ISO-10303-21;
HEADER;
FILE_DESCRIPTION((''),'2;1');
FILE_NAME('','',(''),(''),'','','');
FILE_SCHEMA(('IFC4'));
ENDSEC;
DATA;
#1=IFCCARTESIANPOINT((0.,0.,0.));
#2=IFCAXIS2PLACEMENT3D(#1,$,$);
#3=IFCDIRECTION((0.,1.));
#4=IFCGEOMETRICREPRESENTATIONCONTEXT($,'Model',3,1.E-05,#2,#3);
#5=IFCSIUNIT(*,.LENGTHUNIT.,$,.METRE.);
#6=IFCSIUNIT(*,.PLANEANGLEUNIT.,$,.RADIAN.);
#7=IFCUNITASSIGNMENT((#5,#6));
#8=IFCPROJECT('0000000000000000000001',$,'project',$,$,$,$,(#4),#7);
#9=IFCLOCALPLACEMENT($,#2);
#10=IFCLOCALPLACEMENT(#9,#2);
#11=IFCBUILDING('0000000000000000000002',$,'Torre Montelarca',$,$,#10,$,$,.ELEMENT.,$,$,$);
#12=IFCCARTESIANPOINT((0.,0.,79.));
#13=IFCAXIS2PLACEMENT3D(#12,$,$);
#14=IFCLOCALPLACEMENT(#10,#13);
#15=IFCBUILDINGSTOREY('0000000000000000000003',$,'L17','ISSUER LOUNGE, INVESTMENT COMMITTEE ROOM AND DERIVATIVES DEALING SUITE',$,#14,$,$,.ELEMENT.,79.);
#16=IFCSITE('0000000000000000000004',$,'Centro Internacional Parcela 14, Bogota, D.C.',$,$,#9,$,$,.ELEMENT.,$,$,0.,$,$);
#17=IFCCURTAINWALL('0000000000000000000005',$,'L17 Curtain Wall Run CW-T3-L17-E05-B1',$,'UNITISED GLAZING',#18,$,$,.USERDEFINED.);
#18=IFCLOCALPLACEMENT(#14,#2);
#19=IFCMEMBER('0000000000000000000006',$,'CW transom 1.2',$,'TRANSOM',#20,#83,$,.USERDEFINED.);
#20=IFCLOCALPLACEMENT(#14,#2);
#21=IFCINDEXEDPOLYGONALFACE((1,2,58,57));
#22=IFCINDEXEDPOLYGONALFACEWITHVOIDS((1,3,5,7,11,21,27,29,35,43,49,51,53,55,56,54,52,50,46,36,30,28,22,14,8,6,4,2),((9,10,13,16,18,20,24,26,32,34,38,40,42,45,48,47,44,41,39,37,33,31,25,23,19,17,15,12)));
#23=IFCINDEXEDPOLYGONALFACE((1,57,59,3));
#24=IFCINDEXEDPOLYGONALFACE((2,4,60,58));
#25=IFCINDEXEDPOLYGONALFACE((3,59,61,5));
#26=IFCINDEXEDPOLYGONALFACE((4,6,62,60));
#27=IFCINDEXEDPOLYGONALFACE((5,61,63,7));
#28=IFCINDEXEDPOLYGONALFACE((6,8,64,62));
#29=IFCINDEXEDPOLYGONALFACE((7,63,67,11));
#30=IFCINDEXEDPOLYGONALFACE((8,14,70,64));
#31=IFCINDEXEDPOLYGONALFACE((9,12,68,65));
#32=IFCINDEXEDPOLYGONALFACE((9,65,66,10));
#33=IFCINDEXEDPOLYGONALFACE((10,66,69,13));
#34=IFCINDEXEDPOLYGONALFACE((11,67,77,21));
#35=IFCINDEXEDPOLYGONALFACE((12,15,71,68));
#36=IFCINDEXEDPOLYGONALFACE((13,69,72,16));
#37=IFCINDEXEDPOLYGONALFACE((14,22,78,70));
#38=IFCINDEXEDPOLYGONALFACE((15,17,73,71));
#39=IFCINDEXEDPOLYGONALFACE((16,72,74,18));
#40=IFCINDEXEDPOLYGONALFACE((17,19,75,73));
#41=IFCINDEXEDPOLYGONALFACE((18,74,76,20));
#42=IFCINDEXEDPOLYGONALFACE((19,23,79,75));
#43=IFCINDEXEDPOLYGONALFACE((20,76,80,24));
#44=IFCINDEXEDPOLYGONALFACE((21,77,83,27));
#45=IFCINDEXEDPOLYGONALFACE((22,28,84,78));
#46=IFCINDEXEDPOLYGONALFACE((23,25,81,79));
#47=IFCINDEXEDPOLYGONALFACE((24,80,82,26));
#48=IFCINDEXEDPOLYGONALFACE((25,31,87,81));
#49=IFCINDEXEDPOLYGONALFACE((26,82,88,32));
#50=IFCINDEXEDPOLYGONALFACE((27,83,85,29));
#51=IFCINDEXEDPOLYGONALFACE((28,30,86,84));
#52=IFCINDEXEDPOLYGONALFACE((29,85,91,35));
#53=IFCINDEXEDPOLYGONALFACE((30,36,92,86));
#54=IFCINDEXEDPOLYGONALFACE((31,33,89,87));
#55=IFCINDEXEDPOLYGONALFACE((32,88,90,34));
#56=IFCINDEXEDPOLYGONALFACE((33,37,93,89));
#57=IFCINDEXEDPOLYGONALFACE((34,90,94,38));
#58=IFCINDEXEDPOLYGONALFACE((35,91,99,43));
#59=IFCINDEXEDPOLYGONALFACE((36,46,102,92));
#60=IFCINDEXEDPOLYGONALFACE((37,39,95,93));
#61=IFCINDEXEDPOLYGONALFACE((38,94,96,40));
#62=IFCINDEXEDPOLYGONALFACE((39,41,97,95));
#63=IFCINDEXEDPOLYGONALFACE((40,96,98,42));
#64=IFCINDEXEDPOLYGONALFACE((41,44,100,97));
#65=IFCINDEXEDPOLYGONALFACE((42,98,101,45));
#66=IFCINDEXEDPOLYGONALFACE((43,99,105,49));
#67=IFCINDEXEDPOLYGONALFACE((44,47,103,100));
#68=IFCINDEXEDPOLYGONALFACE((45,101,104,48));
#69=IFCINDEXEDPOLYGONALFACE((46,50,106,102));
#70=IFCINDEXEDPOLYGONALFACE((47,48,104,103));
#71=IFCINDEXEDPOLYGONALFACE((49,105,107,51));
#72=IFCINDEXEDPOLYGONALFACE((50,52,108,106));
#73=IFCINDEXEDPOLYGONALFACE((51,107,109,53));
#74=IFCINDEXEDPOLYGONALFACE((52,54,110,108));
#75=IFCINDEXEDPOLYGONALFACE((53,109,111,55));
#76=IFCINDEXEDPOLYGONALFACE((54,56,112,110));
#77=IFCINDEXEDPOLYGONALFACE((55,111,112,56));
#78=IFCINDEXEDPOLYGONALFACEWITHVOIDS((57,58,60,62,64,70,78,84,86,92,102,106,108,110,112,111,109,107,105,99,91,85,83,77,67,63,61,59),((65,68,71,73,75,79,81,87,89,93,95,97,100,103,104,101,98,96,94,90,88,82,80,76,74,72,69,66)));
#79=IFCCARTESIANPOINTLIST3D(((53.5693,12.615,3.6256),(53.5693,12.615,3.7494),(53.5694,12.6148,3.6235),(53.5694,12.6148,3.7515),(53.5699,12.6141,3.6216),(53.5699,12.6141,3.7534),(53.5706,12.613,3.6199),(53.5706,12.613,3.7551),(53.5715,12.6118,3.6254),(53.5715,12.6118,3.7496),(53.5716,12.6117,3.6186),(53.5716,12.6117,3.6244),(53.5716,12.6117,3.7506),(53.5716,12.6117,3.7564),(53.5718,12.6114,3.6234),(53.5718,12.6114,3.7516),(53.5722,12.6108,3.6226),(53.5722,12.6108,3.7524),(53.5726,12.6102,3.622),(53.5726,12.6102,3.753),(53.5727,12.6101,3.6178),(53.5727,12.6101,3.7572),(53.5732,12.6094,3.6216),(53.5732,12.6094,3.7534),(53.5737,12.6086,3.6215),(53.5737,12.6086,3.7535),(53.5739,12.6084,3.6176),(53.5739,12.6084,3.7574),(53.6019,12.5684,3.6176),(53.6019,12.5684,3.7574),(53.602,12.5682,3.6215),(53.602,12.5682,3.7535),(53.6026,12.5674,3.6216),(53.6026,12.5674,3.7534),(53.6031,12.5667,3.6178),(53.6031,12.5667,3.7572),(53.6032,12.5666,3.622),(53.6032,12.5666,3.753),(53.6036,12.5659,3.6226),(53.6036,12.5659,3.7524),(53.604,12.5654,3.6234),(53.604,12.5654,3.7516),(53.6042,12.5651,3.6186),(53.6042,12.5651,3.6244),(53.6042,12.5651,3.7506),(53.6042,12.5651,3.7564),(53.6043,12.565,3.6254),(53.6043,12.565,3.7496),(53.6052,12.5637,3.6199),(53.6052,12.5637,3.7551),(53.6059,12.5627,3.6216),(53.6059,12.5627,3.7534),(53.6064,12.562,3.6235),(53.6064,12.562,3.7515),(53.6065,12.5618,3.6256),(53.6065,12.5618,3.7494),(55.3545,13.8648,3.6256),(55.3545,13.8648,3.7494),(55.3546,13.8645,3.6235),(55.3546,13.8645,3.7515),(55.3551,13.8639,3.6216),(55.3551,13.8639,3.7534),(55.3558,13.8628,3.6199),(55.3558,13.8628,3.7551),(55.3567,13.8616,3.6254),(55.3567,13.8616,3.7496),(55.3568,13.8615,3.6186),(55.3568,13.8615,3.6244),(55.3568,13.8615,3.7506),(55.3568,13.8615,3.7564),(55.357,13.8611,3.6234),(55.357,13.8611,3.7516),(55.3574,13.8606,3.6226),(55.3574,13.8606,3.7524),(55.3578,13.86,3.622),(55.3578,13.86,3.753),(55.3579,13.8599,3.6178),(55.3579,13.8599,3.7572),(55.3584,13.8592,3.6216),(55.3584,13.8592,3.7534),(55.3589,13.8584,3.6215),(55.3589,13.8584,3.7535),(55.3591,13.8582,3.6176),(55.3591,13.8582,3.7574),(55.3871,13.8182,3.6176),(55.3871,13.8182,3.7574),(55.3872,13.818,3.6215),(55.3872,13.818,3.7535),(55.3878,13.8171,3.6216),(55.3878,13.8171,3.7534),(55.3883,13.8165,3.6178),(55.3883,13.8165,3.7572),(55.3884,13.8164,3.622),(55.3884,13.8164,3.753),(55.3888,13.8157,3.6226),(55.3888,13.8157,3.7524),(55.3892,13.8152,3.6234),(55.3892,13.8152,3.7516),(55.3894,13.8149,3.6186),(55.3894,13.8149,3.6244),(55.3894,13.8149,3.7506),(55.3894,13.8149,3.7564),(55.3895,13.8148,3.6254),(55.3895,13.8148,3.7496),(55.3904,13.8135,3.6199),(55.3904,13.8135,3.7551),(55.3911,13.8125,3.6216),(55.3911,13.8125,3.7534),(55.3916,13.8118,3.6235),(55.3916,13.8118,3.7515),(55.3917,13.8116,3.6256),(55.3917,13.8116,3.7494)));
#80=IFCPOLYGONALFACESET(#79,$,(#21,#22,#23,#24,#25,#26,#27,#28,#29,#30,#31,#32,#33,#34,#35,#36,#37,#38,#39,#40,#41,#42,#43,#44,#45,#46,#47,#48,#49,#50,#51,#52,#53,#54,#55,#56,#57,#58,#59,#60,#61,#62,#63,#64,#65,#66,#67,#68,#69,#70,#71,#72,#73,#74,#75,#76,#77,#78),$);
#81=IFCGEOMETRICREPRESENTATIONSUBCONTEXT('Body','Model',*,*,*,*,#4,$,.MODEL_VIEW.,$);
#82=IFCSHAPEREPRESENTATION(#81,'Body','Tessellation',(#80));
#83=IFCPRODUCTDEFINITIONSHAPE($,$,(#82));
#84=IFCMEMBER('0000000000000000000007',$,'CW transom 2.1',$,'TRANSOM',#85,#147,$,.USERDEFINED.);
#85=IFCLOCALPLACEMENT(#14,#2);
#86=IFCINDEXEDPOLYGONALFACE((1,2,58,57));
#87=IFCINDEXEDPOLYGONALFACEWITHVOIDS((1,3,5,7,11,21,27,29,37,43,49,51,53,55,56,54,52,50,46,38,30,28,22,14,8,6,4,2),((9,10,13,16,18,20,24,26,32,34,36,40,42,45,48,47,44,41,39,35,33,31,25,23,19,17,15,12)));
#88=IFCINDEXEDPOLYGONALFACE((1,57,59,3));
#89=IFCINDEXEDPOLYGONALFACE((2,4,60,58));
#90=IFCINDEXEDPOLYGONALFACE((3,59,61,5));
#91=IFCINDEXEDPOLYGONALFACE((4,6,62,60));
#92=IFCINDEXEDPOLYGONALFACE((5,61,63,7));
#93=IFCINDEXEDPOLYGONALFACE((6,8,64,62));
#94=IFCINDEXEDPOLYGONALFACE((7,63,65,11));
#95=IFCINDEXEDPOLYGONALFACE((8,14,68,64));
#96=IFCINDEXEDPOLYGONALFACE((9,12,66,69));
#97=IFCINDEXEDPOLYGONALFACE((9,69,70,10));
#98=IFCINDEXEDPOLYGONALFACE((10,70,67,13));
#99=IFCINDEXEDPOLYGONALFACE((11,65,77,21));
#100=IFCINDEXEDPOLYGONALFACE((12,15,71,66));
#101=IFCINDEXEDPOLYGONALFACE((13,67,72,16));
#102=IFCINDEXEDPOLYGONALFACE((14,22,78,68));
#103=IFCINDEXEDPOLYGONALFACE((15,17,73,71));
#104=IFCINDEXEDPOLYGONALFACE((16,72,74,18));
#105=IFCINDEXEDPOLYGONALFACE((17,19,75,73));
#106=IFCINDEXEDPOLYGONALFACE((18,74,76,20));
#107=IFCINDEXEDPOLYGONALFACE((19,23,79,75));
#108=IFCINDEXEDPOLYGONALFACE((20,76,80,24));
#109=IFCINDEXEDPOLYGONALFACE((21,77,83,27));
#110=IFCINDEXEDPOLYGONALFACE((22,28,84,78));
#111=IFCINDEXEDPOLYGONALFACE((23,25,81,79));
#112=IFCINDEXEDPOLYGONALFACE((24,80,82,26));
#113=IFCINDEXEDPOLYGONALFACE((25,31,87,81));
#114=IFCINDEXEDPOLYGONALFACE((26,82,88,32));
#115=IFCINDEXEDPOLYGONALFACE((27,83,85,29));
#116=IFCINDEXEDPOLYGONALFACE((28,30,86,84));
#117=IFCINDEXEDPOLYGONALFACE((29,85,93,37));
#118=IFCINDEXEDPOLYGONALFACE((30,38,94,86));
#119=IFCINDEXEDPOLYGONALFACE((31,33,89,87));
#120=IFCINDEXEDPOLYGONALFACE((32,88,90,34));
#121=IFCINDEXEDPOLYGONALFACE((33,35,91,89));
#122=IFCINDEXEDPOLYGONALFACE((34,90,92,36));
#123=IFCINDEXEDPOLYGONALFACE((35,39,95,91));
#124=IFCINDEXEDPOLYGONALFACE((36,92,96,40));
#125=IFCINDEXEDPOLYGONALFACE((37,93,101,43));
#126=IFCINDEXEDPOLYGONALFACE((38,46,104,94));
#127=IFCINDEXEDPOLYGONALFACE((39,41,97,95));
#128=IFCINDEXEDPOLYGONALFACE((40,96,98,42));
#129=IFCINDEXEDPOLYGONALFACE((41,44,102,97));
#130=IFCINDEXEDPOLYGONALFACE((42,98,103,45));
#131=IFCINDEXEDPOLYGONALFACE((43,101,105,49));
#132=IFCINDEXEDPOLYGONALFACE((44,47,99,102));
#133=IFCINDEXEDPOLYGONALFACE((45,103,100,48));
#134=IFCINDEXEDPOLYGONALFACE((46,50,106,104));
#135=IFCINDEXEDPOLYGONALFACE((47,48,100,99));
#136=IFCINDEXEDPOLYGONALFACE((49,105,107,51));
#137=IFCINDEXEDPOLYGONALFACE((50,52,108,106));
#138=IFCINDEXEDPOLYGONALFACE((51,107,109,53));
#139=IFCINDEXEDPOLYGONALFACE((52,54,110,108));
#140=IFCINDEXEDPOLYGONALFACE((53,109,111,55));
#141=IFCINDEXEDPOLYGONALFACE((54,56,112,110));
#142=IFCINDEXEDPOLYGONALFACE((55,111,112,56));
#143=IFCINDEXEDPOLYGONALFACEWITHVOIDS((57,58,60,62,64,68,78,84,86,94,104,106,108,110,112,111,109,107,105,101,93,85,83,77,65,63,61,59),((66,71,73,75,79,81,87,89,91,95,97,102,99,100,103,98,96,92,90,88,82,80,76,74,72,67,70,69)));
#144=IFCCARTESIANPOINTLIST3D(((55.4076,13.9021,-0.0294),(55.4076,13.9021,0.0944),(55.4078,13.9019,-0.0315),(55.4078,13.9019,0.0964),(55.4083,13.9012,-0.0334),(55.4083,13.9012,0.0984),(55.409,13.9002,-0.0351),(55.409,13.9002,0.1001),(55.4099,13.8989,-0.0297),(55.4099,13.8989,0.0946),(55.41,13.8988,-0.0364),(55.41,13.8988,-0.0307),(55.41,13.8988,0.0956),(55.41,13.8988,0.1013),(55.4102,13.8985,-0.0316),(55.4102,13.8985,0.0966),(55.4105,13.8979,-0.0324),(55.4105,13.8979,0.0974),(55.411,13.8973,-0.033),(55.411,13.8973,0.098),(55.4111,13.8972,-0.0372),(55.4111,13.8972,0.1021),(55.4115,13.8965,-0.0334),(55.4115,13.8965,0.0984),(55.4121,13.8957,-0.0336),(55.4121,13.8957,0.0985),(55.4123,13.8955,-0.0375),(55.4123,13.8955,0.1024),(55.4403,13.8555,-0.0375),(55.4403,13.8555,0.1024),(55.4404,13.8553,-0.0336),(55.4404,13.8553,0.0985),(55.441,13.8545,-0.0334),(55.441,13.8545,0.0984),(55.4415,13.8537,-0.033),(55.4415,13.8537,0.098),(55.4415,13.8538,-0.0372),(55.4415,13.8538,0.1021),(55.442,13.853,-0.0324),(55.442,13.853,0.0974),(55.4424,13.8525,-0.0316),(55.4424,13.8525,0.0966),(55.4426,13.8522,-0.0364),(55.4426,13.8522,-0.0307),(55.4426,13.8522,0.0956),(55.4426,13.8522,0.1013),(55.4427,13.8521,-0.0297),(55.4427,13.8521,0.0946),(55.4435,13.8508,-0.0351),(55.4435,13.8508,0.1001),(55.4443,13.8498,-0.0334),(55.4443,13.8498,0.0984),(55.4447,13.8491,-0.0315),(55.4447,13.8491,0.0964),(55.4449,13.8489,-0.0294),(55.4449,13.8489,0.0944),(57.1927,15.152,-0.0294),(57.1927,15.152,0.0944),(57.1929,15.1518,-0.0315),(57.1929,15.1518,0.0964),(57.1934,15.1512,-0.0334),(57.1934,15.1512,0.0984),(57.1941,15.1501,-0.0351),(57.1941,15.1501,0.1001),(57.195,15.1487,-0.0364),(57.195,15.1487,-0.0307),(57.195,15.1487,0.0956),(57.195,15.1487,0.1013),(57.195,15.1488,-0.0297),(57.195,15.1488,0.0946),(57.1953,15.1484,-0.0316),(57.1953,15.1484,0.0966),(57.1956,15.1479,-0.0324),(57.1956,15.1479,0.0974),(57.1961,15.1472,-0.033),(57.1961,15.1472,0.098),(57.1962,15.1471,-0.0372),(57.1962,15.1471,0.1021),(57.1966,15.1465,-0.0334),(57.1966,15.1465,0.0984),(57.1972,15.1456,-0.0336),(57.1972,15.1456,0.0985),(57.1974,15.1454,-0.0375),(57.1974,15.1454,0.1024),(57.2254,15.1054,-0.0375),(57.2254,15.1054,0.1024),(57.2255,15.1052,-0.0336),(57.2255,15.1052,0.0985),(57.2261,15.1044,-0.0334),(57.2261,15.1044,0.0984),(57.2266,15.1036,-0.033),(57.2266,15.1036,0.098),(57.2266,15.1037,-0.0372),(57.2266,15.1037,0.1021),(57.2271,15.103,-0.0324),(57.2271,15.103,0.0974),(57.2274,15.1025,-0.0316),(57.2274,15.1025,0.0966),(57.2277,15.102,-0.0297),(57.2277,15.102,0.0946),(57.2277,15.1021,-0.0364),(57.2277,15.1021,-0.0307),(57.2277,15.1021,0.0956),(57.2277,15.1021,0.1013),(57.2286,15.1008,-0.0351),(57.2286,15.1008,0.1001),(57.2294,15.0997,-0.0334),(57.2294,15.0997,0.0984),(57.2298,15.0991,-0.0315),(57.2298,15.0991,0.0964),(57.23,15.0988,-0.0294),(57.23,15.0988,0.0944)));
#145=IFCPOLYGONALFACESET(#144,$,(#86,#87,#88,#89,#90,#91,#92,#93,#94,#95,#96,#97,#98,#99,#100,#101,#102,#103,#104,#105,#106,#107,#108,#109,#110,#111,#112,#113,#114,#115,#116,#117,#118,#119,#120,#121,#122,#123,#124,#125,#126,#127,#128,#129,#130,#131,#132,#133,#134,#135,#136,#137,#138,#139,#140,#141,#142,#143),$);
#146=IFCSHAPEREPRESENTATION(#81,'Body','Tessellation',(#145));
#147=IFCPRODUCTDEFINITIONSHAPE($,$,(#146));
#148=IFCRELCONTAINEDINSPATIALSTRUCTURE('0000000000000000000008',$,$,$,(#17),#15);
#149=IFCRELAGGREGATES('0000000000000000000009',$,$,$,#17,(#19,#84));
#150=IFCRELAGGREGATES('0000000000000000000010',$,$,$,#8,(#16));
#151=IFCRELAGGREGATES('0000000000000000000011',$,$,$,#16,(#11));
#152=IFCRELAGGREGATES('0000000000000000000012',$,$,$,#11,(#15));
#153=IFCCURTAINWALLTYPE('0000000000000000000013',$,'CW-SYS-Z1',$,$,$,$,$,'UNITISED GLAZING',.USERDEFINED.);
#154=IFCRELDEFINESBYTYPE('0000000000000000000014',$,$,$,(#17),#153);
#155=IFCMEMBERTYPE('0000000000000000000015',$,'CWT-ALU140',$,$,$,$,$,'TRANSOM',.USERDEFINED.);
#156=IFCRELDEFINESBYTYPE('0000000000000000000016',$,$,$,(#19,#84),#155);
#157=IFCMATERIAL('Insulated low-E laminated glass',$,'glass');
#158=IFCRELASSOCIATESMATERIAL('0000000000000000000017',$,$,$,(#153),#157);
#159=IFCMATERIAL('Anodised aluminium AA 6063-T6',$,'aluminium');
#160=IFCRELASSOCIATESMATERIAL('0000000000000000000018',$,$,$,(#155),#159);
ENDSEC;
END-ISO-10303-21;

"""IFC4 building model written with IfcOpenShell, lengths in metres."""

from ifc_helpers import new_model, si_unit, direction, frame, origin, origin_2d, place, context, subcontext, project, spatial, hollow_rectangle, extrude, source, transform, mapped, material, material_profile, profile_set, type_object, element, aggregate, save


model = new_model("IFC4")

# Units and contexts
model_context = context("Model", 3, precision=1e-05, world=origin(), true_north=direction((0.0, 1.0)))
body_context = subcontext(model_context, "Body", "Model", "MODEL_VIEW")
ifc_project = project(units=[si_unit("LENGTHUNIT", "METRE"), si_unit("PLANEANGLEUNIT", "RADIAN")], contexts=[model_context])

# Site, building, storey
site_placement = place(None, origin())
site = spatial("IfcSite", under=ifc_project, at=site_placement, Name="Centro Internacional Parcela 14, Bogota, D.C.", CompositionType="ELEMENT", RefElevation=0.0)
building_placement = place(site_placement, origin())
building = spatial("IfcBuilding", under=site, at=building_placement, Name="Torre Montelarca", CompositionType="ELEMENT")
storey_placement = place(building_placement, frame((0.0, 0.0, 79.0)))
storey = spatial("IfcBuildingStorey", under=building, at=storey_placement, Name="L17", Description="ISSUER LOUNGE, INVESTMENT COMMITTEE ROOM AND DERIVATIVES DEALING SUITE", CompositionType="ELEMENT", Elevation=79.0)

# Shared definitions
ifc_material_1 = material(Name="Insulated low-E laminated glass", Category="glass")
curtain_wall_type = type_object("IfcCurtainWallType", Name="CW-SYS-Z1", ElementType="UNITISED GLAZING", PredefinedType="USERDEFINED", material=ifc_material_1)
ifc_material_2 = material(Name="Anodised aluminium AA 6063-T6", Category="aluminium")
ifc_material_profile_1 = material_profile(ifc_material_2, hollow_rectangle(XDim=0.0649, YDim=0.1399, WallThickness=0.0039, InnerFilletRadius=0.0039, OuterFilletRadius=0.0081, at=origin_2d()), Name="ALU65X140X4", Category="aluminium")
ifc_profile_set_1 = profile_set([ifc_material_profile_1], Name="Anodised aluminium AA 6063-T6")
member_type_1 = type_object("IfcMemberType", Name="CWT-ALU140", ElementType="TRANSOM", PredefinedType="USERDEFINED", material=ifc_profile_set_1)

# Curtain wall
curtain_wall_1_placement = place(storey_placement, origin())
curtain_wall_1 = element("IfcCurtainWall", 1, at=curtain_wall_1_placement, inside=storey, type_object=curtain_wall_type, Name="L17 Curtain Wall Run CW-T3-L17-E05-B1", ObjectType="UNITISED GLAZING", PredefinedType="USERDEFINED")

# Members
shared_shape_1 = source(origin(), body_context, "Body", "SweptSolid", [
    extrude(hollow_rectangle(XDim=0.0649, YDim=0.1399, WallThickness=0.0039, InnerFilletRadius=0.0039, OuterFilletRadius=0.0081, at=origin_2d()), origin(), (0.0, 0.0, 1.0), 2.1792),
])
member_1_placement = place(storey_placement, frame((53.5879, 12.5884, 3.6875), z_axis=(0.8192, 0.573507, 0.0), x_axis=(-0.573507, 0.8192, 0.0)))
member_1 = element("IfcMember", 2, at=member_1_placement, type_object=member_type_1, Name="CW transom 1.2", ObjectType="TRANSOM", PredefinedType="USERDEFINED", context=body_context, shape_type="MappedRepresentation", body=[
    mapped(shared_shape_1, transform((0.0, 0.0, 0.0), scale=1.0)),
])
member_2_placement = place(storey_placement, frame((55.4263, 13.8755, 0.0325), z_axis=(0.819148, 0.573583, 0.0), x_axis=(-0.573583, 0.819148, 0.0)))
member_2 = element("IfcMember", 3, at=member_2_placement, type_object=member_type_1, Name="CW transom 2.1", ObjectType="TRANSOM", PredefinedType="USERDEFINED", context=body_context, shape_type="MappedRepresentation", body=[
    mapped(shared_shape_1, transform((0.0, 0.0, 0.0), scale=1.0)),
])

aggregate(curtain_wall_1, [member_1, member_2])

save(model, "model.ifc")
